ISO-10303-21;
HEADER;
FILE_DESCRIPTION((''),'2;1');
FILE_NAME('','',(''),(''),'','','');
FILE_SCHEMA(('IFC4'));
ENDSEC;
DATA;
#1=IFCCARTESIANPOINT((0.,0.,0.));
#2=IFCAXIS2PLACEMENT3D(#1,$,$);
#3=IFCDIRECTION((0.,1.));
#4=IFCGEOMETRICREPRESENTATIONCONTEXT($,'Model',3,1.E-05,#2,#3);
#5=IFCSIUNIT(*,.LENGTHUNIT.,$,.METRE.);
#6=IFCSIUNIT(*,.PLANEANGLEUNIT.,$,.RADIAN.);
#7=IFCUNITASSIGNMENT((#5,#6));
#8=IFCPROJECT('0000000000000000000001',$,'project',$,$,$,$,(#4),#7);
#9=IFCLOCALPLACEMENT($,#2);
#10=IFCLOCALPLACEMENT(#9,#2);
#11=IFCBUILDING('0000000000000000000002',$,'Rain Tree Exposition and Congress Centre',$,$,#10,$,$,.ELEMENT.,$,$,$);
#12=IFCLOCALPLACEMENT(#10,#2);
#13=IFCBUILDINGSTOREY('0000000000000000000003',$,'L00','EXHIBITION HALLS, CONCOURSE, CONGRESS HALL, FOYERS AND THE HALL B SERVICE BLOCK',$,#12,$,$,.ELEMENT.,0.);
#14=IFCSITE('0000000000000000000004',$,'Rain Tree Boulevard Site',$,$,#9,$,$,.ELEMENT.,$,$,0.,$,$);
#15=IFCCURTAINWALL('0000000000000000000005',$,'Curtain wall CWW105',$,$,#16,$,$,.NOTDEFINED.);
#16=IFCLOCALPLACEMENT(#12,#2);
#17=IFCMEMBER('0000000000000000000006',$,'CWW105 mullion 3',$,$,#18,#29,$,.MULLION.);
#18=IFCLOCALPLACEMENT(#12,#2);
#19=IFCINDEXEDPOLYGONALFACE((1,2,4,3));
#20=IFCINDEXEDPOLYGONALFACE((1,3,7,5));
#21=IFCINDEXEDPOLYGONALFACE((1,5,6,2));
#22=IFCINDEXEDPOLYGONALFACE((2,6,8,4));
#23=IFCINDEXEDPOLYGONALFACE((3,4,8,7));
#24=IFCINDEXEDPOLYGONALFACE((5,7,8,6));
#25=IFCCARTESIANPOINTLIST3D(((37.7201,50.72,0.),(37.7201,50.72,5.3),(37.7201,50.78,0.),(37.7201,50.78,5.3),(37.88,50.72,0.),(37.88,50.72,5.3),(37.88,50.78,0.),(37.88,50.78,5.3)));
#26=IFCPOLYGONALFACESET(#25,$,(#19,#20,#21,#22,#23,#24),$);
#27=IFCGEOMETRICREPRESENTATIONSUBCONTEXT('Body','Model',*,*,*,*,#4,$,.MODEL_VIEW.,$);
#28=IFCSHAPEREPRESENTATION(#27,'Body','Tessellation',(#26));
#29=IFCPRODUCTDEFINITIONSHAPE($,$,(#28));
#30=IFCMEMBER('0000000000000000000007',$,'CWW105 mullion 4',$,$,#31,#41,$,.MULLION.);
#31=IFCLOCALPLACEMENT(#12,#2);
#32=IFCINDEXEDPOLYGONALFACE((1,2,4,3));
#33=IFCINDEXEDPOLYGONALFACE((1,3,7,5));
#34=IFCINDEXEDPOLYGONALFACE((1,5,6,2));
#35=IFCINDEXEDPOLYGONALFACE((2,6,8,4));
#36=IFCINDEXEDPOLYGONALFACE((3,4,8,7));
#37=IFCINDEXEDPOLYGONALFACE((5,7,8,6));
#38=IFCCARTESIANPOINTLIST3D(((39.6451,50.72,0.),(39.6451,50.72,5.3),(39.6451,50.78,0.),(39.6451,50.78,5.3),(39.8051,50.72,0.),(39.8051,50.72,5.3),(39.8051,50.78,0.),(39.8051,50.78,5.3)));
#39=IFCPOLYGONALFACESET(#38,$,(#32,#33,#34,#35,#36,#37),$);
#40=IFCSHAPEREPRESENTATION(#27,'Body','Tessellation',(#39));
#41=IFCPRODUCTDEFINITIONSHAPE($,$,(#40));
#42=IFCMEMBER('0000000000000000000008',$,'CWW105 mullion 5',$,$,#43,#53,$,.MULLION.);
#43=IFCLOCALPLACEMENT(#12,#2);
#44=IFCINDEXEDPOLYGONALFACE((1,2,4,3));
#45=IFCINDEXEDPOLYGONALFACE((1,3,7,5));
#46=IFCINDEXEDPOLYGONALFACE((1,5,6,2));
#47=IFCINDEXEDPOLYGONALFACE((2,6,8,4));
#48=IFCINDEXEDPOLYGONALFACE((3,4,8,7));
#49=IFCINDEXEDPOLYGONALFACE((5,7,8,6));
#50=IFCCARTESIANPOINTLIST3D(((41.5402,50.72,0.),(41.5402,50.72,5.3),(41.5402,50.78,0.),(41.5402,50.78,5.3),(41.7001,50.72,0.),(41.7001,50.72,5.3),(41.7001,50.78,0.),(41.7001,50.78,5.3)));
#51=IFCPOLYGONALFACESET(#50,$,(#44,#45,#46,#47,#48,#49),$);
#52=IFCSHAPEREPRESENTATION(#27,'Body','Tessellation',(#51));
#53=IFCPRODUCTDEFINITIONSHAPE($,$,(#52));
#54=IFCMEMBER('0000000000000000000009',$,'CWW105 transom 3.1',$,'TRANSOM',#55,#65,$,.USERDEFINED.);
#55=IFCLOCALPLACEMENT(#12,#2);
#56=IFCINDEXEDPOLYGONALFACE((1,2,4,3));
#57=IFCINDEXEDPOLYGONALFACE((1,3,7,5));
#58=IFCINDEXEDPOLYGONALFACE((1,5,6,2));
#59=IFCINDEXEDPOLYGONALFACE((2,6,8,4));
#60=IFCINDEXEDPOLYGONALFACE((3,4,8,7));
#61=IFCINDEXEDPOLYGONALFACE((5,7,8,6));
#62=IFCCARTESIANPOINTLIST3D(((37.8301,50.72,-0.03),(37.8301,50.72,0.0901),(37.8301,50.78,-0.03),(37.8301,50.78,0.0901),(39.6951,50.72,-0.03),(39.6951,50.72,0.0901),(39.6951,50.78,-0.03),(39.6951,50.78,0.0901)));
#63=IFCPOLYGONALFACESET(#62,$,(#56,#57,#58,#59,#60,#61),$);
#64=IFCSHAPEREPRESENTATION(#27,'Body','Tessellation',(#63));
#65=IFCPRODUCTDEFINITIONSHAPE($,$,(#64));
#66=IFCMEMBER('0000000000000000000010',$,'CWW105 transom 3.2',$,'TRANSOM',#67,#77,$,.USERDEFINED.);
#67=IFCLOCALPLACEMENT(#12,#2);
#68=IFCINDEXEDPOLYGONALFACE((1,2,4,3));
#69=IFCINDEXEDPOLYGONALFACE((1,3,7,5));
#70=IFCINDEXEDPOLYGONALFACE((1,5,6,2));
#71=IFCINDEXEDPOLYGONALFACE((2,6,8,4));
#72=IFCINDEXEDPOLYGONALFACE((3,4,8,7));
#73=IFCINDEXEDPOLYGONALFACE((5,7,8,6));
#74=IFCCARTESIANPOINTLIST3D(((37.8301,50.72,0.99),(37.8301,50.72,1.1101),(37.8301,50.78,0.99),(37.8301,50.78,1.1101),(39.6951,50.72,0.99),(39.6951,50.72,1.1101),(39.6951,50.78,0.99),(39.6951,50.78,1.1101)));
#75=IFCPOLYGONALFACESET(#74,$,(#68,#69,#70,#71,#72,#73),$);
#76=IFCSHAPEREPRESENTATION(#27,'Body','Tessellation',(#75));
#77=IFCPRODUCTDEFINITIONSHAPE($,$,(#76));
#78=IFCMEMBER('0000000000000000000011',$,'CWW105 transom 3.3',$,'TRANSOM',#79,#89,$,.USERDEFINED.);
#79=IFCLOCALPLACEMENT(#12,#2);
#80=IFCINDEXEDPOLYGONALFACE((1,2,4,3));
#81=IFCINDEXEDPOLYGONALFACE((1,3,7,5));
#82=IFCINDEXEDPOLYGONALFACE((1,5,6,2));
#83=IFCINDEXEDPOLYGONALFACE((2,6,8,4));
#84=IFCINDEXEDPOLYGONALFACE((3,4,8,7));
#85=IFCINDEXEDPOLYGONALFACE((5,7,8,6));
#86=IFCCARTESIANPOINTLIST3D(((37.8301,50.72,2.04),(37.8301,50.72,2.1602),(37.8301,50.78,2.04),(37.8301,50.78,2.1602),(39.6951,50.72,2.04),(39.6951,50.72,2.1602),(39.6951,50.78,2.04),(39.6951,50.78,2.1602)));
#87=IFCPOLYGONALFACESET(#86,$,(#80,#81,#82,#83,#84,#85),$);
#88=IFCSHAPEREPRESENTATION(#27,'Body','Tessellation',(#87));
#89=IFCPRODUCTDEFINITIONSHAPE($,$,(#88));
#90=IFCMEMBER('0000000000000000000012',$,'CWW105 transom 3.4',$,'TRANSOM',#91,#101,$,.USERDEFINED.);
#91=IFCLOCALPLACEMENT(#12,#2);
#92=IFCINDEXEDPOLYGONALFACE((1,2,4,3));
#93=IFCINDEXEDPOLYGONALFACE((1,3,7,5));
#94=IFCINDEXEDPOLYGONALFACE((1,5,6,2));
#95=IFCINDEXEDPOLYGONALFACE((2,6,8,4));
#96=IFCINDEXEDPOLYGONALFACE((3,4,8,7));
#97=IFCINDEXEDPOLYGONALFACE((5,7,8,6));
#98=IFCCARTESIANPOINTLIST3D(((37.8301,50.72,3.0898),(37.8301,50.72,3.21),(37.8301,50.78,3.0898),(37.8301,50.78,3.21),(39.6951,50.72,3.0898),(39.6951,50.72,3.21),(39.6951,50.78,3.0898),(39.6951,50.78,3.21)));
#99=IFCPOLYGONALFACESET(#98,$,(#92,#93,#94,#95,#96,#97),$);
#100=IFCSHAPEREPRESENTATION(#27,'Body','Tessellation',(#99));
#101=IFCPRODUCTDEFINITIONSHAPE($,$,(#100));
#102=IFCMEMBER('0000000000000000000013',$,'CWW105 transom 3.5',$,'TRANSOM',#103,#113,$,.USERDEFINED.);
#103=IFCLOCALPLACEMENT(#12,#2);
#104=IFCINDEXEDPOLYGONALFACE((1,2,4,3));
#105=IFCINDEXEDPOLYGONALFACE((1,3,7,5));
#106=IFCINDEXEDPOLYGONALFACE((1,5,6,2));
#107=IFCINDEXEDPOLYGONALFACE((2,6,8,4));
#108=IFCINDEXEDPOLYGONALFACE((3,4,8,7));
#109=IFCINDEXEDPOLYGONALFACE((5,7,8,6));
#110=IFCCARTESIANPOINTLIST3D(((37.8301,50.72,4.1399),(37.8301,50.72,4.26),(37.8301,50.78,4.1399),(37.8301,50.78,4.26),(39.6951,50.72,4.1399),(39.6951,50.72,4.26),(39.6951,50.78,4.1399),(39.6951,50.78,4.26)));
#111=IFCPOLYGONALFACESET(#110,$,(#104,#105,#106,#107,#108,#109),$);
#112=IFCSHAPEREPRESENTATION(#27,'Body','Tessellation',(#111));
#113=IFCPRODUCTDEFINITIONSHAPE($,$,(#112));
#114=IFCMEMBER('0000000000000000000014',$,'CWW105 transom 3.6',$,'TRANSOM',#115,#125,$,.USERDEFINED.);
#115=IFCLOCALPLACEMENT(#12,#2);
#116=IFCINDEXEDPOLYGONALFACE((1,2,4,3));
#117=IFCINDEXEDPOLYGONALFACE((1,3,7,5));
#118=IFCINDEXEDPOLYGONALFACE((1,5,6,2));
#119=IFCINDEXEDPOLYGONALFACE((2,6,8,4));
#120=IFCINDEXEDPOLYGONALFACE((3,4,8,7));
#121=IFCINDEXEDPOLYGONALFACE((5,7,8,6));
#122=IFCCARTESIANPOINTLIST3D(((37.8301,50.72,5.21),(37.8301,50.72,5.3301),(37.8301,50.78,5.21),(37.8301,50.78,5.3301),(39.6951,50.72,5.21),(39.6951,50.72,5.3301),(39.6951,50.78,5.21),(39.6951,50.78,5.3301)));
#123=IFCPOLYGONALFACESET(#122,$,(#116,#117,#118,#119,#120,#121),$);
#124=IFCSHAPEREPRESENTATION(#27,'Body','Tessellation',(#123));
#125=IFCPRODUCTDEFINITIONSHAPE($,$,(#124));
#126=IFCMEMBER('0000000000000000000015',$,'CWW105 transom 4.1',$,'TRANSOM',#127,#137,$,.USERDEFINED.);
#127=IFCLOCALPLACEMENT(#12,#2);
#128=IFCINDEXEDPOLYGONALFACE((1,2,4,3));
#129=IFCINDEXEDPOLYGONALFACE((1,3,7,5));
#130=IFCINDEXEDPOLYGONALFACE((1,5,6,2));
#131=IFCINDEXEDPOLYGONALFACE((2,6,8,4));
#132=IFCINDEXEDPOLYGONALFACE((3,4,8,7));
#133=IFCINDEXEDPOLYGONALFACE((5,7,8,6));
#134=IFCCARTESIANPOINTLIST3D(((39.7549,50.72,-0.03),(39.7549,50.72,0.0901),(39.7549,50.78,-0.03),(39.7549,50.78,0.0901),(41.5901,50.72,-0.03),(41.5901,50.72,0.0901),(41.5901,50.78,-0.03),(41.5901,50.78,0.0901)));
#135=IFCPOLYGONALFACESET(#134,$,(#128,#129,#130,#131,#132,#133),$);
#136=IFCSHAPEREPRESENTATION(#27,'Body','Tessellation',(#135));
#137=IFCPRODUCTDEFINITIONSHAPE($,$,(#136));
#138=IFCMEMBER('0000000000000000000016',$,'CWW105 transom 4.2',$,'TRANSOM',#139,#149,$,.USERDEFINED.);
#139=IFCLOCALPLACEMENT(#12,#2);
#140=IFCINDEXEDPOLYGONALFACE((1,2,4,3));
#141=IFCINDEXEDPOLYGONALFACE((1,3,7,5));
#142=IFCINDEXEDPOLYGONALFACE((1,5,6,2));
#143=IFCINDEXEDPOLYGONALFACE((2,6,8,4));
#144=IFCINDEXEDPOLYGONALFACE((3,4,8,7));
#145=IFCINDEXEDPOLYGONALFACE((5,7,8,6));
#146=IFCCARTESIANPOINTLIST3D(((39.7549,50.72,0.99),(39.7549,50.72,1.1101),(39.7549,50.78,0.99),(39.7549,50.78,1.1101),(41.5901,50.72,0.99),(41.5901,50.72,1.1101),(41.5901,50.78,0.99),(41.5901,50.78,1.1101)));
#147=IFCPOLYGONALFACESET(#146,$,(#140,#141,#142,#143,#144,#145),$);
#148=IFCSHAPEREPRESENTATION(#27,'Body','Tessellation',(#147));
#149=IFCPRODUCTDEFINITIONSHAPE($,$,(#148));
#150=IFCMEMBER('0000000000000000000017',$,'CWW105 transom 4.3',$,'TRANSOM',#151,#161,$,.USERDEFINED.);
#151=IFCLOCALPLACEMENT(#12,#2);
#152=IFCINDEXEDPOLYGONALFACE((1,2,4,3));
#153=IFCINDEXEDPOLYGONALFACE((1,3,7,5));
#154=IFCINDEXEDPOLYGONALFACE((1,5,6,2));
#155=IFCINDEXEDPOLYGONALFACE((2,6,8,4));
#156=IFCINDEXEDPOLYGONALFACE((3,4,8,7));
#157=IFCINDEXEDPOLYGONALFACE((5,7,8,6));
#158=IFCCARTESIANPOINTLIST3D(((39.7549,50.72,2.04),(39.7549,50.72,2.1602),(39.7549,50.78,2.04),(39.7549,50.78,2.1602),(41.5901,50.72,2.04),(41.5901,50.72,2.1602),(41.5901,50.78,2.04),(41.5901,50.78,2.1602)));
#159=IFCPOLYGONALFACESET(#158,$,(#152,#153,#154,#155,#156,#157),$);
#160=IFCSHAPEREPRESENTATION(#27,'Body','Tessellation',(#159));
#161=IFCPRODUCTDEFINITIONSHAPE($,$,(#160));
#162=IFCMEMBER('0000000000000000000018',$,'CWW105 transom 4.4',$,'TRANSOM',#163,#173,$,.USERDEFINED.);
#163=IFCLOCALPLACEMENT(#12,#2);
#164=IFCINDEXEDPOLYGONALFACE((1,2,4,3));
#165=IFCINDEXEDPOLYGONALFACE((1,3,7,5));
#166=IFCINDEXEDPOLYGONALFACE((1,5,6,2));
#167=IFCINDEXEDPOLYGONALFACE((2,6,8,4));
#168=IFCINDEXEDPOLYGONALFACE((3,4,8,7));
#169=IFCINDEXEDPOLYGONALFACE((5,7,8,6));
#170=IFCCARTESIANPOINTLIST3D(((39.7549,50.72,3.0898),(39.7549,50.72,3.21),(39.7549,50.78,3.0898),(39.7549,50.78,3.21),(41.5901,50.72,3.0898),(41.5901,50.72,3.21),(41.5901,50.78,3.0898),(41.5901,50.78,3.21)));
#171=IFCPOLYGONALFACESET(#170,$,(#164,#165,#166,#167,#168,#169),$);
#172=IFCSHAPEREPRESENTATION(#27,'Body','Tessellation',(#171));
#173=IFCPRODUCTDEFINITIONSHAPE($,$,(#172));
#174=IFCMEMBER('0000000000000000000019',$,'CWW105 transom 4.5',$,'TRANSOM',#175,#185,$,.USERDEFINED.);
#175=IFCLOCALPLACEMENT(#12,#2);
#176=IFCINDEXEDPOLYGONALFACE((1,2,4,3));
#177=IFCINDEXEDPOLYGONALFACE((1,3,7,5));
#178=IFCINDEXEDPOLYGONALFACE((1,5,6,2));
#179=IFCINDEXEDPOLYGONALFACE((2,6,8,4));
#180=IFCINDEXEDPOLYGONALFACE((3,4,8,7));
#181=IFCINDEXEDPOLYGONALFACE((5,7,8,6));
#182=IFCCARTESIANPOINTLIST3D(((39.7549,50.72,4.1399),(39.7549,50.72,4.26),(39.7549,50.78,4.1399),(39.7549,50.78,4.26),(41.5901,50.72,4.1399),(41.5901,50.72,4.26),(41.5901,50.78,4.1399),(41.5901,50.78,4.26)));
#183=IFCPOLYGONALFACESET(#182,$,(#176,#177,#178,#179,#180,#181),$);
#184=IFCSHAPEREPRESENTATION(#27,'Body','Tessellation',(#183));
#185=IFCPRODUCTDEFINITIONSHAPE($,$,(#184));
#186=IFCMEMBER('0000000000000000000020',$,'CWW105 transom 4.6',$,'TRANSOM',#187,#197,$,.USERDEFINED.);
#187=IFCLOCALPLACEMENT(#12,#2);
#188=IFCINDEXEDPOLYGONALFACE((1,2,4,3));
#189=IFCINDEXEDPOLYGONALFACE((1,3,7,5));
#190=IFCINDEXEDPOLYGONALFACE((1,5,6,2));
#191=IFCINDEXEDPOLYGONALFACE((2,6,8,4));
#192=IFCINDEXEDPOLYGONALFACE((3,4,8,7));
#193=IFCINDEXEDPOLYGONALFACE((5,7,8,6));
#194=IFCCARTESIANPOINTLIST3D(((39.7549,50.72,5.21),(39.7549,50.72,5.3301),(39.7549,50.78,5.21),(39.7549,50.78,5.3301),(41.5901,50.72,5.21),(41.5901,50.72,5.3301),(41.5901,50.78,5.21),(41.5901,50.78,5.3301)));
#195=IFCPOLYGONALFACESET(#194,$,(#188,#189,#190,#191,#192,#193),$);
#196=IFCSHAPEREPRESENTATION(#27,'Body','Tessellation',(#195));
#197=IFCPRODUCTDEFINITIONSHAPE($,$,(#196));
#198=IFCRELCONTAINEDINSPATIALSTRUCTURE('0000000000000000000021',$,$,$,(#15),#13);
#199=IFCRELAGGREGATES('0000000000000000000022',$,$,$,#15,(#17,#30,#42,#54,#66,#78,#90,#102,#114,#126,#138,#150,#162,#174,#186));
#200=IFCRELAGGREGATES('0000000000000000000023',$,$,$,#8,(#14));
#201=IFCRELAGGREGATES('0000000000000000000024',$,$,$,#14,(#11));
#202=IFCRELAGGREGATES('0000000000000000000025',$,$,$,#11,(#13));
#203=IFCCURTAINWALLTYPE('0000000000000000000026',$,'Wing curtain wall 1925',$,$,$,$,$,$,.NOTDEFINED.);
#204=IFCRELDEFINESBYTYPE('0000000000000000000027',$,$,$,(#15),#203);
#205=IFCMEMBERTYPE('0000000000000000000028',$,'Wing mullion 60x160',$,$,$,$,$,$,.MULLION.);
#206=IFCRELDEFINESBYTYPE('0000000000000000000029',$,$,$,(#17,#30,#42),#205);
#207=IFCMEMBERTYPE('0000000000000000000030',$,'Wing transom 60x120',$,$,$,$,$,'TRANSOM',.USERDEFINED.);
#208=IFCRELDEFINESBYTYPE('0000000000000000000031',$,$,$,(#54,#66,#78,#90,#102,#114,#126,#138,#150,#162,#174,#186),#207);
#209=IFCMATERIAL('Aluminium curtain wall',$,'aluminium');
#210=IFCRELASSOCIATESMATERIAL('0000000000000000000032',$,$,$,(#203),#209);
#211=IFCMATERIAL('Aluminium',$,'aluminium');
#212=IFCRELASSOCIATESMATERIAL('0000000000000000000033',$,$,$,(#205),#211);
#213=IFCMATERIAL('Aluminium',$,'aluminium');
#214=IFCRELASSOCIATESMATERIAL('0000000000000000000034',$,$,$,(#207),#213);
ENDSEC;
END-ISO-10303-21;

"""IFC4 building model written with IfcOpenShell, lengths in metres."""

from ifc_helpers import new_model, si_unit, direction, frame, origin, origin_2d, place, context, subcontext, project, spatial, rectangle, extrude, material, material_profile, profile_set, type_object, element, aggregate, save


model = new_model("IFC4")

# Units and contexts
model_context = context("Model", 3, precision=1e-05, world=origin(), true_north=direction((0.0, 1.0)))
body_context = subcontext(model_context, "Body", "Model", "MODEL_VIEW")
ifc_project = project(units=[si_unit("LENGTHUNIT", "METRE"), si_unit("PLANEANGLEUNIT", "RADIAN")], contexts=[model_context])

# Site, building, storey
site_placement = place(None, origin())
site = spatial("IfcSite", under=ifc_project, at=site_placement, Name="Rain Tree Boulevard Site", CompositionType="ELEMENT", RefElevation=0.0)
building_placement = place(site_placement, origin())
building = spatial("IfcBuilding", under=site, at=building_placement, Name="Rain Tree Exposition and Congress Centre", CompositionType="ELEMENT")
storey_placement = place(building_placement, origin())
storey = spatial("IfcBuildingStorey", under=building, at=storey_placement, Name="L00", Description="EXHIBITION HALLS, CONCOURSE, CONGRESS HALL, FOYERS AND THE HALL B SERVICE BLOCK", CompositionType="ELEMENT", Elevation=0.0)

# Curtain wall, members
ifc_material_1 = material(Name="Aluminium curtain wall", Category="aluminium")
curtain_wall_type = type_object("IfcCurtainWallType", Name="Wing curtain wall 1925", PredefinedType="NOTDEFINED", material=ifc_material_1)
curtain_wall_placement = place(storey_placement, origin())
curtain_wall = element("IfcCurtainWall", 1, at=curtain_wall_placement, inside=storey, type_object=curtain_wall_type, Name="Curtain wall CWW105", PredefinedType="NOTDEFINED")
ifc_material_2 = material(Name="Aluminium", Category="aluminium")
ifc_material_profile_1 = material_profile(ifc_material_2, rectangle(XDim=0.0601, YDim=0.1599, at=origin_2d()), Name="Aluminium 60x160")
ifc_profile_set_1 = profile_set([ifc_material_profile_1], Name="Aluminium")
member_type_1 = type_object("IfcMemberType", Name="Wing mullion 60x160", PredefinedType="MULLION", material=ifc_profile_set_1)
member_1_placement = place(storey_placement, frame((37.8, 50.75, 0.0), z_axis=(0.0, 0.0, 1.0), x_axis=(0.0, 1.0, 0.0)))
member_1 = element("IfcMember", 2, at=member_1_placement, type_object=member_type_1, Name="CWW105 mullion 3", PredefinedType="MULLION", context=body_context, shape_type="SweptSolid", body=[
    extrude(rectangle(XDim=0.0601, YDim=0.1599, at=origin_2d()), origin(), (0.0, 0.0, 1.0), 5.3),
])
member_2_placement = place(storey_placement, frame((39.7251, 50.75, 0.0), z_axis=(0.0, 0.0, 1.0), x_axis=(0.0, 1.0, 0.0)))
member_2 = element("IfcMember", 3, at=member_2_placement, type_object=member_type_1, Name="CWW105 mullion 4", PredefinedType="MULLION", context=body_context, shape_type="SweptSolid", body=[
    extrude(rectangle(XDim=0.0601, YDim=0.1599, at=origin_2d()), origin(), (0.0, 0.0, 1.0), 5.3),
])
member_3_placement = place(storey_placement, frame((41.6201, 50.75, 0.0), z_axis=(0.0, 0.0, 1.0), x_axis=(0.0, 1.0, 0.0)))
member_3 = element("IfcMember", 4, at=member_3_placement, type_object=member_type_1, Name="CWW105 mullion 5", PredefinedType="MULLION", context=body_context, shape_type="SweptSolid", body=[
    extrude(rectangle(XDim=0.0601, YDim=0.1599, at=origin_2d()), origin(), (0.0, 0.0, 1.0), 5.3),
])
ifc_material_3 = material(Name="Aluminium", Category="aluminium")
ifc_material_profile_2 = material_profile(ifc_material_3, rectangle(XDim=0.0601, YDim=0.1201, at=origin_2d()), Name="Aluminium 60x120")
ifc_profile_set_2 = profile_set([ifc_material_profile_2], Name="Aluminium")
member_type_2 = type_object("IfcMemberType", Name="Wing transom 60x120", ElementType="TRANSOM", PredefinedType="USERDEFINED", material=ifc_profile_set_2)
member_4_placement = place(storey_placement, frame((37.8301, 50.75, 0.03), z_axis=(1.0, 0.0, 0.0), x_axis=(0.0, 1.0, 0.0)))
member_4 = element("IfcMember", 5, at=member_4_placement, type_object=member_type_2, Name="CWW105 transom 3.1", ObjectType="TRANSOM", PredefinedType="USERDEFINED", context=body_context, shape_type="SweptSolid", body=[
    extrude(rectangle(XDim=0.0601, YDim=0.1201, at=origin_2d()), origin(), (0.0, 0.0, 1.0), 1.865),
])
member_5_placement = place(storey_placement, frame((37.8301, 50.75, 1.05), z_axis=(1.0, 0.0, 0.0), x_axis=(0.0, 1.0, 0.0)))
member_5 = element("IfcMember", 6, at=member_5_placement, type_object=member_type_2, Name="CWW105 transom 3.2", ObjectType="TRANSOM", PredefinedType="USERDEFINED", context=body_context, shape_type="SweptSolid", body=[
    extrude(rectangle(XDim=0.0601, YDim=0.1201, at=origin_2d()), origin(), (0.0, 0.0, 1.0), 1.865),
])
member_6_placement = place(storey_placement, frame((37.8301, 50.75, 2.1001), z_axis=(1.0, 0.0, 0.0), x_axis=(0.0, 1.0, 0.0)))
member_6 = element("IfcMember", 7, at=member_6_placement, type_object=member_type_2, Name="CWW105 transom 3.3", ObjectType="TRANSOM", PredefinedType="USERDEFINED", context=body_context, shape_type="SweptSolid", body=[
    extrude(rectangle(XDim=0.0601, YDim=0.1201, at=origin_2d()), origin(), (0.0, 0.0, 1.0), 1.865),
])
member_7_placement = place(storey_placement, frame((37.8301, 50.75, 3.1499), z_axis=(1.0, 0.0, 0.0), x_axis=(0.0, 1.0, 0.0)))
member_7 = element("IfcMember", 8, at=member_7_placement, type_object=member_type_2, Name="CWW105 transom 3.4", ObjectType="TRANSOM", PredefinedType="USERDEFINED", context=body_context, shape_type="SweptSolid", body=[
    extrude(rectangle(XDim=0.0601, YDim=0.1201, at=origin_2d()), origin(), (0.0, 0.0, 1.0), 1.865),
])
member_8_placement = place(storey_placement, frame((37.8301, 50.75, 4.2), z_axis=(1.0, 0.0, 0.0), x_axis=(0.0, 1.0, 0.0)))
member_8 = element("IfcMember", 9, at=member_8_placement, type_object=member_type_2, Name="CWW105 transom 3.5", ObjectType="TRANSOM", PredefinedType="USERDEFINED", context=body_context, shape_type="SweptSolid", body=[
    extrude(rectangle(XDim=0.0601, YDim=0.1201, at=origin_2d()), origin(), (0.0, 0.0, 1.0), 1.865),
])
member_9_placement = place(storey_placement, frame((37.8301, 50.75, 5.27), z_axis=(1.0, 0.0, 0.0), x_axis=(0.0, 1.0, 0.0)))
member_9 = element("IfcMember", 10, at=member_9_placement, type_object=member_type_2, Name="CWW105 transom 3.6", ObjectType="TRANSOM", PredefinedType="USERDEFINED", context=body_context, shape_type="SweptSolid", body=[
    extrude(rectangle(XDim=0.0601, YDim=0.1201, at=origin_2d()), origin(), (0.0, 0.0, 1.0), 1.865),
])
member_10_placement = place(storey_placement, frame((39.7549, 50.75, 0.03), z_axis=(1.0, 0.0, 0.0), x_axis=(0.0, 1.0, 0.0)))
member_10 = element("IfcMember", 11, at=member_10_placement, type_object=member_type_2, Name="CWW105 transom 4.1", ObjectType="TRANSOM", PredefinedType="USERDEFINED", context=body_context, shape_type="SweptSolid", body=[
    extrude(rectangle(XDim=0.0601, YDim=0.1201, at=origin_2d()), origin(), (0.0, 0.0, 1.0), 1.8352),
])
member_11_placement = place(storey_placement, frame((39.7549, 50.75, 1.05), z_axis=(1.0, 0.0, 0.0), x_axis=(0.0, 1.0, 0.0)))
member_11 = element("IfcMember", 12, at=member_11_placement, type_object=member_type_2, Name="CWW105 transom 4.2", ObjectType="TRANSOM", PredefinedType="USERDEFINED", context=body_context, shape_type="SweptSolid", body=[
    extrude(rectangle(XDim=0.0601, YDim=0.1201, at=origin_2d()), origin(), (0.0, 0.0, 1.0), 1.8352),
])
member_12_placement = place(storey_placement, frame((39.7549, 50.75, 2.1001), z_axis=(1.0, 0.0, 0.0), x_axis=(0.0, 1.0, 0.0)))
member_12 = element("IfcMember", 13, at=member_12_placement, type_object=member_type_2, Name="CWW105 transom 4.3", ObjectType="TRANSOM", PredefinedType="USERDEFINED", context=body_context, shape_type="SweptSolid", body=[
    extrude(rectangle(XDim=0.0601, YDim=0.1201, at=origin_2d()), origin(), (0.0, 0.0, 1.0), 1.8352),
])
member_13_placement = place(storey_placement, frame((39.7549, 50.75, 3.1499), z_axis=(1.0, 0.0, 0.0), x_axis=(0.0, 1.0, 0.0)))
member_13 = element("IfcMember", 14, at=member_13_placement, type_object=member_type_2, Name="CWW105 transom 4.4", ObjectType="TRANSOM", PredefinedType="USERDEFINED", context=body_context, shape_type="SweptSolid", body=[
    extrude(rectangle(XDim=0.0601, YDim=0.1201, at=origin_2d()), origin(), (0.0, 0.0, 1.0), 1.8352),
])
member_14_placement = place(storey_placement, frame((39.7549, 50.75, 4.2), z_axis=(1.0, 0.0, 0.0), x_axis=(0.0, 1.0, 0.0)))
member_14 = element("IfcMember", 15, at=member_14_placement, type_object=member_type_2, Name="CWW105 transom 4.5", ObjectType="TRANSOM", PredefinedType="USERDEFINED", context=body_context, shape_type="SweptSolid", body=[
    extrude(rectangle(XDim=0.0601, YDim=0.1201, at=origin_2d()), origin(), (0.0, 0.0, 1.0), 1.8352),
])
member_15_placement = place(storey_placement, frame((39.7549, 50.75, 5.27), z_axis=(1.0, 0.0, 0.0), x_axis=(0.0, 1.0, 0.0)))
member_15 = element("IfcMember", 16, at=member_15_placement, type_object=member_type_2, Name="CWW105 transom 4.6", ObjectType="TRANSOM", PredefinedType="USERDEFINED", context=body_context, shape_type="SweptSolid", body=[
    extrude(rectangle(XDim=0.0601, YDim=0.1201, at=origin_2d()), origin(), (0.0, 0.0, 1.0), 1.8352),
])
aggregate(curtain_wall, [member_1, member_2, member_3, member_4, member_5, member_6, member_7, member_8, member_9, member_10, member_11, member_12, member_13, member_14, member_15])

save(model, "model.ifc")
